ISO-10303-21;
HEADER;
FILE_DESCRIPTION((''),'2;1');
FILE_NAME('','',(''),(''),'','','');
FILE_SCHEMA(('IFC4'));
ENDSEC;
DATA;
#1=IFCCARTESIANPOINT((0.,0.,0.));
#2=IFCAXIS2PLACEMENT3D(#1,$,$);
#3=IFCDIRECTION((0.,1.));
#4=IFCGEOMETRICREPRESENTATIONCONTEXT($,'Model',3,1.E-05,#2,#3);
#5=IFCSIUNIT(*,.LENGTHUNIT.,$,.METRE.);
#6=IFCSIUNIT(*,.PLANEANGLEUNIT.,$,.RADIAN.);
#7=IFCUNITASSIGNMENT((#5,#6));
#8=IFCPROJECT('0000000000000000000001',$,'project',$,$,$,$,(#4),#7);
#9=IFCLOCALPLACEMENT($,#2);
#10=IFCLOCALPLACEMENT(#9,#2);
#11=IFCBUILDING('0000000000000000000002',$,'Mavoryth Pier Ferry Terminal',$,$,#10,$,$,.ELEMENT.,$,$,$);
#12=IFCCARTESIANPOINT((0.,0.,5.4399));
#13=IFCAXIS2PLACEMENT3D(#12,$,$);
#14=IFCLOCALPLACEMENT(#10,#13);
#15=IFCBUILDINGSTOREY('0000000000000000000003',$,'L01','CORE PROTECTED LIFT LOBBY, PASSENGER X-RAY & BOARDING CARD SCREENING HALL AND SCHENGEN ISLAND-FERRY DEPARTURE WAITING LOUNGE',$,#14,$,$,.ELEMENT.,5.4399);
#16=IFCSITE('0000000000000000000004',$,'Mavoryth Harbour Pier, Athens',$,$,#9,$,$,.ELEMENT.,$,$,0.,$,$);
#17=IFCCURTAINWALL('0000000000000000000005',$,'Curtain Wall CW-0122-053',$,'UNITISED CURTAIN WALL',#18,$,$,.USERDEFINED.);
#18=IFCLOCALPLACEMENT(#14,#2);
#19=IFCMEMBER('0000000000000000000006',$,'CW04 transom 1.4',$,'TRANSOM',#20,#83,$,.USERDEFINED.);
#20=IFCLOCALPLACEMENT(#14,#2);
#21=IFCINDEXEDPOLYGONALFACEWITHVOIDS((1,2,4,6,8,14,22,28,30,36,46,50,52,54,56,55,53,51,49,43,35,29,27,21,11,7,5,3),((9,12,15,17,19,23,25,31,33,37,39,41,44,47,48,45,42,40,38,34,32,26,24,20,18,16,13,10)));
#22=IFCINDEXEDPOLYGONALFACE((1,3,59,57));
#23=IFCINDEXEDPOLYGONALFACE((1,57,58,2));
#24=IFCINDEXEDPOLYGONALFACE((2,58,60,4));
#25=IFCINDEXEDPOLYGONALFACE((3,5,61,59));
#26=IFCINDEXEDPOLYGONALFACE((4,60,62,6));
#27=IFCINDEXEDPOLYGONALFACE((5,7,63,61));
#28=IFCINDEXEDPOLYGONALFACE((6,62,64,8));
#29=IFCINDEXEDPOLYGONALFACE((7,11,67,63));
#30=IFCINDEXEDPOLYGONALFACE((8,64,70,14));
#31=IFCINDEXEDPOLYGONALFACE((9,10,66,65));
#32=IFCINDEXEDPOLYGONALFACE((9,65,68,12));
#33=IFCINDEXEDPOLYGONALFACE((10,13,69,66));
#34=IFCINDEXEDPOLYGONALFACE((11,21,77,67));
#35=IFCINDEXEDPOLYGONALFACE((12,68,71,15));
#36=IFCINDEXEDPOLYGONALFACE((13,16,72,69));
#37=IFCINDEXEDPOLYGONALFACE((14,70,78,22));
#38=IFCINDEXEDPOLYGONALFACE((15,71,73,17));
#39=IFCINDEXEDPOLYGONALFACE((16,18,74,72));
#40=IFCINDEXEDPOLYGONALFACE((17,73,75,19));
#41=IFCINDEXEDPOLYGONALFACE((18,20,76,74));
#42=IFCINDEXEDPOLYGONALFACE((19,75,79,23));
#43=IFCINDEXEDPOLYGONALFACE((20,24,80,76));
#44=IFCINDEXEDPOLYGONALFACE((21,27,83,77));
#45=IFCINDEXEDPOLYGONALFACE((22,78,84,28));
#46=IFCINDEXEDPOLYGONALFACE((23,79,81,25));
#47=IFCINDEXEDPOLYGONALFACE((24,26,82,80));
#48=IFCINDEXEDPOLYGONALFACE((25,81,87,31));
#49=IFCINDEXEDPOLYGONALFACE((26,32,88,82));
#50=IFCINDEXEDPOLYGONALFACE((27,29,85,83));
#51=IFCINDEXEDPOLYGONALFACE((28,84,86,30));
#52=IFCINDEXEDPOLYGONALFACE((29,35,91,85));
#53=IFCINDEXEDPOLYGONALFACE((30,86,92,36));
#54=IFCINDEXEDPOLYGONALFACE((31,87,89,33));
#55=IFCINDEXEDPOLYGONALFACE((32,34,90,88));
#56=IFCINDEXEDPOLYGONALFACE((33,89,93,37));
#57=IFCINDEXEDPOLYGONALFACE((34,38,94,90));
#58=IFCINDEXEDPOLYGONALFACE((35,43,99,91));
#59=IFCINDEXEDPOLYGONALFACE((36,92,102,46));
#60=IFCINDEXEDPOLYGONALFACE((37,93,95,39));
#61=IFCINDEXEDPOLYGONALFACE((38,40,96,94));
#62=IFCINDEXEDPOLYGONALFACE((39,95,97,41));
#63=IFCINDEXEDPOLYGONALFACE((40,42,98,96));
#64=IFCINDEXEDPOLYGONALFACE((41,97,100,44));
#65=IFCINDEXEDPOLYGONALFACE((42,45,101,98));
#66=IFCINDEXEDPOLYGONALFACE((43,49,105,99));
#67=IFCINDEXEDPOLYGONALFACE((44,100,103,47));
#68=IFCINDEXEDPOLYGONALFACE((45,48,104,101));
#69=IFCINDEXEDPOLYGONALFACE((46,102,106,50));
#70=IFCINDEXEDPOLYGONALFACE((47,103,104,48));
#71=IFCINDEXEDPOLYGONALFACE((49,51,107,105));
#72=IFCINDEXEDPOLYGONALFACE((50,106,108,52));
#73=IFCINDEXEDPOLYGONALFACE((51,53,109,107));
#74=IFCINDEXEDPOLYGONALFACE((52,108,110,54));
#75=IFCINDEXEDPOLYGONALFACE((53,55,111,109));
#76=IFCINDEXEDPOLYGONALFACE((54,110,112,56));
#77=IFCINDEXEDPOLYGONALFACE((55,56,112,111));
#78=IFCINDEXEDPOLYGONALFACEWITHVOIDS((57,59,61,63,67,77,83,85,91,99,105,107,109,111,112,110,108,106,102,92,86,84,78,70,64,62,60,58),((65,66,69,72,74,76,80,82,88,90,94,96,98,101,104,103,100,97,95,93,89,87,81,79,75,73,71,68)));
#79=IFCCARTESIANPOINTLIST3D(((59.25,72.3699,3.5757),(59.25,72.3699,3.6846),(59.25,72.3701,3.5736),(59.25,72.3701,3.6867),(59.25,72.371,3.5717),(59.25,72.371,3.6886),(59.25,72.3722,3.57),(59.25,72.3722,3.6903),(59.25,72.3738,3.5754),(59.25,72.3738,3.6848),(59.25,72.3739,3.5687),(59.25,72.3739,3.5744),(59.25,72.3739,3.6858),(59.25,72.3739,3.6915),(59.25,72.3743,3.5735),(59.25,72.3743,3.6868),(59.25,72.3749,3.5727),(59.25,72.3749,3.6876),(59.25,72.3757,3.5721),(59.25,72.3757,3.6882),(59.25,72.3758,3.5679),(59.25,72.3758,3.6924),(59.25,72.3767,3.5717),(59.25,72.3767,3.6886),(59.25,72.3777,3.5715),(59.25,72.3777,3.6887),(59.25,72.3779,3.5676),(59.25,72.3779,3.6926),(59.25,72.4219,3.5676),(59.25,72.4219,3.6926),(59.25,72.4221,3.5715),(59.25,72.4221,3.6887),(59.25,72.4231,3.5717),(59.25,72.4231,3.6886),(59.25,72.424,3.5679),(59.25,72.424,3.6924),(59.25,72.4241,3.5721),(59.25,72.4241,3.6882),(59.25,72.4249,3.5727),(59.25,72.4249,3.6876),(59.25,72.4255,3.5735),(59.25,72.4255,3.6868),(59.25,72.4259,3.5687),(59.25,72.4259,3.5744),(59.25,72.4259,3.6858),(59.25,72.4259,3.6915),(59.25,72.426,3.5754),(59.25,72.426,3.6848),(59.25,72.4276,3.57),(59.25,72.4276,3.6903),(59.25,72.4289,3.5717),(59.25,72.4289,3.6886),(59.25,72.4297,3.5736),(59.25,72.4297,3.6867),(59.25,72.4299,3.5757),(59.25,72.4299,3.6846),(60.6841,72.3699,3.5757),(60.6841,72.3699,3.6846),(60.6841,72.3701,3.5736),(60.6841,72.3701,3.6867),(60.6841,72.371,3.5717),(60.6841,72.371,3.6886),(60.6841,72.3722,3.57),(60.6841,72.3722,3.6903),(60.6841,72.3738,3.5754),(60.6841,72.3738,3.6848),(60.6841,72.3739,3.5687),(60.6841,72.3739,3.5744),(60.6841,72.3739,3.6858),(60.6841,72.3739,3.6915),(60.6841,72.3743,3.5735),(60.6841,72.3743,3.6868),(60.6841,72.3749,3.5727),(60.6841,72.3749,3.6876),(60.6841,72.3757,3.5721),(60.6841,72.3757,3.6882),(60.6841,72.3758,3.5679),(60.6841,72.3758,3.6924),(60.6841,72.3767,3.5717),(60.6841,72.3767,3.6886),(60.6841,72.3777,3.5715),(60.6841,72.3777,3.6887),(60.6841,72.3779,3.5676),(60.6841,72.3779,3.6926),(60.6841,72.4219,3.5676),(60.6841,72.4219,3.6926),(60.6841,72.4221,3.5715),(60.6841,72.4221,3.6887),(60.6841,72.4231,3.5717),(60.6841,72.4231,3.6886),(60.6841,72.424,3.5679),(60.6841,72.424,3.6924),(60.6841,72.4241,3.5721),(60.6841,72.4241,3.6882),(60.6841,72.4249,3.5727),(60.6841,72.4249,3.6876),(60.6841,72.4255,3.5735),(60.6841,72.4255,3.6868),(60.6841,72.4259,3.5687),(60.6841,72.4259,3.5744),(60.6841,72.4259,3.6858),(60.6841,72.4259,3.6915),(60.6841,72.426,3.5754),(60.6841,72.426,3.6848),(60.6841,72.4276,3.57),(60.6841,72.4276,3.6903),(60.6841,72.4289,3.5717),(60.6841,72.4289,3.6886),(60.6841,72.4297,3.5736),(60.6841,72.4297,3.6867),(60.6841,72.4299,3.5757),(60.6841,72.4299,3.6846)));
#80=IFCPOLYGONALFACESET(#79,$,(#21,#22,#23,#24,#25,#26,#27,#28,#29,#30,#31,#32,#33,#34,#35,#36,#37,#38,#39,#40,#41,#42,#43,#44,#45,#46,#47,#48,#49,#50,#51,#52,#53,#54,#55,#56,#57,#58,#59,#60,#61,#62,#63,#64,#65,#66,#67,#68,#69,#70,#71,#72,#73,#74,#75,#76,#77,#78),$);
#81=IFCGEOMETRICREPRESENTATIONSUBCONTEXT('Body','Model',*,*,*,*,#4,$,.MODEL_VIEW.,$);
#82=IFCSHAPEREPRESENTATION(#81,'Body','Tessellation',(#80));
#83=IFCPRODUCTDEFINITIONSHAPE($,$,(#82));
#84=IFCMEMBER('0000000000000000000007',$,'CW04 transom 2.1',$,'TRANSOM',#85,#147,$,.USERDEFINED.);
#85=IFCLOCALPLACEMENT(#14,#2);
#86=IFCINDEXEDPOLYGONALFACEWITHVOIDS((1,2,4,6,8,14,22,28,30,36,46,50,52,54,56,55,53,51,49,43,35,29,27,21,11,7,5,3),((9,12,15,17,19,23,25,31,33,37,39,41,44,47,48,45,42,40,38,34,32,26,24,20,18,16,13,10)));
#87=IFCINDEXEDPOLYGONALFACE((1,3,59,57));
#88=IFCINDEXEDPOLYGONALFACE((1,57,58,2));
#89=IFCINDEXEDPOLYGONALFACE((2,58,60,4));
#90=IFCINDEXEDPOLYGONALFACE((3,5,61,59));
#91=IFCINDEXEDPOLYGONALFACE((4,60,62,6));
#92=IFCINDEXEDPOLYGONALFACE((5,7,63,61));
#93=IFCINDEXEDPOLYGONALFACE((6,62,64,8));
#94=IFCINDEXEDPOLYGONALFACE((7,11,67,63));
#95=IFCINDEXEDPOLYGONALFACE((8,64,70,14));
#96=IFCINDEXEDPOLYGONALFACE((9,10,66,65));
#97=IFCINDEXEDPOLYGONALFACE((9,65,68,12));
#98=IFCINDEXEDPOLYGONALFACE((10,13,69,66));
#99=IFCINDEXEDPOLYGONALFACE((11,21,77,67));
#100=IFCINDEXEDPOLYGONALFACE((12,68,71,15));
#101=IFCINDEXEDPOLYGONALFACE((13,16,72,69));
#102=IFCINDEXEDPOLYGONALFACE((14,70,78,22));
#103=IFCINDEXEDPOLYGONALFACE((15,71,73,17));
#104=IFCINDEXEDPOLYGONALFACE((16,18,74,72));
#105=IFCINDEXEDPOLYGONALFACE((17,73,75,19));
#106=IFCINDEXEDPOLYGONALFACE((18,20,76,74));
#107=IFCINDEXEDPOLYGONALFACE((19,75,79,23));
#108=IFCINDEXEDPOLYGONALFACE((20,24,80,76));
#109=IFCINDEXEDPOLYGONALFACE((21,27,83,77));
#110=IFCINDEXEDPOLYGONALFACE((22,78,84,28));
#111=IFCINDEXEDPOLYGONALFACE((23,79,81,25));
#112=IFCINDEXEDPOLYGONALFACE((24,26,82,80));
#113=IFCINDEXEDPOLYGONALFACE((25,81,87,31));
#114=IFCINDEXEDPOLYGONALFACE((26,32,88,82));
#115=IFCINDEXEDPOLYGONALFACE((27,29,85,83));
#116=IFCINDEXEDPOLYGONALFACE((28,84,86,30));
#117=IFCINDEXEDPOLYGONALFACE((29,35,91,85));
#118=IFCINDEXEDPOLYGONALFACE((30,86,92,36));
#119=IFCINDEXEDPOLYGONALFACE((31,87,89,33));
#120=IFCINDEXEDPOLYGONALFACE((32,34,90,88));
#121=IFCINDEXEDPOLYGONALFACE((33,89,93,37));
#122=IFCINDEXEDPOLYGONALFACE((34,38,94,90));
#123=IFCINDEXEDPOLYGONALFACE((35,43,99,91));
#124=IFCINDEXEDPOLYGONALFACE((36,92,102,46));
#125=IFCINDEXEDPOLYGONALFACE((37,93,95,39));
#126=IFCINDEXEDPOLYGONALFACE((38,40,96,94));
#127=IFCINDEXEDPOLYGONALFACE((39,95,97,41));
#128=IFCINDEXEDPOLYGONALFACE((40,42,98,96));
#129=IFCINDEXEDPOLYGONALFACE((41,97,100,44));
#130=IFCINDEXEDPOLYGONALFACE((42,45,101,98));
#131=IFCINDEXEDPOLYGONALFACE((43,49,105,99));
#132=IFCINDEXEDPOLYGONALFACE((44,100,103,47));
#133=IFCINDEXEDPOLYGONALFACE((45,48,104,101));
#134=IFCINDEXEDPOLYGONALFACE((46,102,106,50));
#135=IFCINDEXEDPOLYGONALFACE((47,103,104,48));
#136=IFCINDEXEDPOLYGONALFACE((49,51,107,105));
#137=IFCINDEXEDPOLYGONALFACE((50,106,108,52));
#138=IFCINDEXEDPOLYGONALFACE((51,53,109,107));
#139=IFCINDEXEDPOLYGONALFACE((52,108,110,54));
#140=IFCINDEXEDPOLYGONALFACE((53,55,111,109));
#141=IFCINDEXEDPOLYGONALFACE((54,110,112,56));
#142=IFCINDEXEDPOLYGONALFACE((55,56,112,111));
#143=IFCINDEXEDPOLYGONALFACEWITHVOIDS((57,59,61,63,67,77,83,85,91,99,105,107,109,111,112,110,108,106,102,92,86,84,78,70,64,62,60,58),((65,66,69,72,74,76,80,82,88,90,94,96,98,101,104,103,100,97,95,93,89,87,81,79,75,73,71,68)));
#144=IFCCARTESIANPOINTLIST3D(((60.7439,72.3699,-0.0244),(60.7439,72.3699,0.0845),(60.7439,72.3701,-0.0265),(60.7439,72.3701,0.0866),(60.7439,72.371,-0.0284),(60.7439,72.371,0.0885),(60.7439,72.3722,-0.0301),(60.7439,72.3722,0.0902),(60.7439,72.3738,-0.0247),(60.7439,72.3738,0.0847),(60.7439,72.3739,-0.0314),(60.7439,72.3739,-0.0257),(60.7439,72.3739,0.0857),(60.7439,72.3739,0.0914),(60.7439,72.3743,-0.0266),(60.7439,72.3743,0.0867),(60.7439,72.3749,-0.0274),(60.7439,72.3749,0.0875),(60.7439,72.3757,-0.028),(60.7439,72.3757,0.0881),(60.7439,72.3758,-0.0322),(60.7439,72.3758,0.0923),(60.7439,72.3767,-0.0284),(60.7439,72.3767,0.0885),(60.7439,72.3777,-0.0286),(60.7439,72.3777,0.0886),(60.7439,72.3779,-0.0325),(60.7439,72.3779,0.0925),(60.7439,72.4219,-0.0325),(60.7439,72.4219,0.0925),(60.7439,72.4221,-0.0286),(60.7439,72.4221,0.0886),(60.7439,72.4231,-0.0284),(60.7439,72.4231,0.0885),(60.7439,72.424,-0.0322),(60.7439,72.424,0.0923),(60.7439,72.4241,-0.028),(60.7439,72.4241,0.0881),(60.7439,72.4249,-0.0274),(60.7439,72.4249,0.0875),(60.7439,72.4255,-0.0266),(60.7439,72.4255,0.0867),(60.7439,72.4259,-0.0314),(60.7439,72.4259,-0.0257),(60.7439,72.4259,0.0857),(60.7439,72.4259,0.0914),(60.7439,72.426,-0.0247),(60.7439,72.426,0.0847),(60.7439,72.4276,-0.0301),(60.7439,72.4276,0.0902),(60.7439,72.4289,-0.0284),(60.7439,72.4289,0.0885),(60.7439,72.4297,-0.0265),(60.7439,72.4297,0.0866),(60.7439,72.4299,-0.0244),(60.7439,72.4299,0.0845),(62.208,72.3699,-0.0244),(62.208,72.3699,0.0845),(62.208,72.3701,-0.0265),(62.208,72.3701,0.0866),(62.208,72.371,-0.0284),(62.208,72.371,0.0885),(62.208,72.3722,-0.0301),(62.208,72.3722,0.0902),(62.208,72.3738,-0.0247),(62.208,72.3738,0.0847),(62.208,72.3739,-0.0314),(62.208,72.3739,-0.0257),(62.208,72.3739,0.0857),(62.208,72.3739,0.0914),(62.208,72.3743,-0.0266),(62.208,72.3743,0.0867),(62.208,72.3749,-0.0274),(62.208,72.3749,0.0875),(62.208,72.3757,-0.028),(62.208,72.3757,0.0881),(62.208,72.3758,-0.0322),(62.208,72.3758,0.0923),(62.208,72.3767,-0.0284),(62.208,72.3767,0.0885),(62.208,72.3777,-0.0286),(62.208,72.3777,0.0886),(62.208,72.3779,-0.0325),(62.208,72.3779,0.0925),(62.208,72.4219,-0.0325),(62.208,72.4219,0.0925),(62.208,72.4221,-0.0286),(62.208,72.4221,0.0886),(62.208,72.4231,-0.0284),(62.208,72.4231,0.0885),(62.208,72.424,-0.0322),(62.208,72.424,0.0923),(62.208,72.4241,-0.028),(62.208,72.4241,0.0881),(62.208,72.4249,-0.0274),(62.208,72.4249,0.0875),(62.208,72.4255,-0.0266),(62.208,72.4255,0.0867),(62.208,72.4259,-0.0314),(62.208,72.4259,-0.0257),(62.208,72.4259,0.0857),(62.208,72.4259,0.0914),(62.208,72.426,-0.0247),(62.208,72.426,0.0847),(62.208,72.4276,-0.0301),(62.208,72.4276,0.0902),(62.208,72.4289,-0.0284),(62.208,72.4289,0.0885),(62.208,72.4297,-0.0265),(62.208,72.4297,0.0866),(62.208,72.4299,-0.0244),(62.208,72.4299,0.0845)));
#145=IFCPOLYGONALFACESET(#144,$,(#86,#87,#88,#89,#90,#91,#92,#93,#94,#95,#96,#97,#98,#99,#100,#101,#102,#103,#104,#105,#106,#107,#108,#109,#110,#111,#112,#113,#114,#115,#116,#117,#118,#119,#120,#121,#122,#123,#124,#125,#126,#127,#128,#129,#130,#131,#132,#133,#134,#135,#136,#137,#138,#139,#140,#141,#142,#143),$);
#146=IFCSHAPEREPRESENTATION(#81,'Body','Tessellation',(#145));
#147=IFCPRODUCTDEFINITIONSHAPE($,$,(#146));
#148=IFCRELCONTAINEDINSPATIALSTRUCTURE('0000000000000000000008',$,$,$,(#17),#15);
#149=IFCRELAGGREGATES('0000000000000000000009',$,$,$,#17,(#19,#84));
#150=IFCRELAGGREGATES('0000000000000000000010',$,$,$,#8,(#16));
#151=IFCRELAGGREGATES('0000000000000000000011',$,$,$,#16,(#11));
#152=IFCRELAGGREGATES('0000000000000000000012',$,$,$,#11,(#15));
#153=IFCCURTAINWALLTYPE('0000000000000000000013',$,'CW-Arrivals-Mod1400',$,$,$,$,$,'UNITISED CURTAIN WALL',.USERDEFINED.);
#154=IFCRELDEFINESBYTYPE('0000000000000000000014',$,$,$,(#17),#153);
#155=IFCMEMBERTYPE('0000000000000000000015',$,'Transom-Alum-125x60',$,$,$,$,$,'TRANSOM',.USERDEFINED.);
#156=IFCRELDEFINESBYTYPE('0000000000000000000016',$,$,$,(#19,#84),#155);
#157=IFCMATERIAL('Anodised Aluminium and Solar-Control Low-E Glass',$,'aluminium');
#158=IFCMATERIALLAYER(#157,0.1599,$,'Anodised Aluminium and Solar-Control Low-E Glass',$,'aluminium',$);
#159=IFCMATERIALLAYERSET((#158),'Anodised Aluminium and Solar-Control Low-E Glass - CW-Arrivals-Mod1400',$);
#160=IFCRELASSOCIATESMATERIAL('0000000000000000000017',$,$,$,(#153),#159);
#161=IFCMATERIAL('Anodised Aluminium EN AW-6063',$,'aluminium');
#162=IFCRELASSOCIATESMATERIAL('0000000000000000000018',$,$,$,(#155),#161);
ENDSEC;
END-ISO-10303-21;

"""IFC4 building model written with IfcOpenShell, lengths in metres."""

from ifc_helpers import new_model, si_unit, direction, frame, origin, origin_2d, place, context, subcontext, project, spatial, hollow_rectangle, extrude, material, layer, layer_set, material_profile, profile_set, type_object, element, aggregate, save


model = new_model("IFC4")

# Units and contexts
model_context = context("Model", 3, precision=1e-05, world=origin(), true_north=direction((0.0, 1.0)))
body_context = subcontext(model_context, "Body", "Model", "MODEL_VIEW")
ifc_project = project(units=[si_unit("LENGTHUNIT", "METRE"), si_unit("PLANEANGLEUNIT", "RADIAN")], contexts=[model_context])

# Site, building, storey
site_placement = place(None, origin())
site = spatial("IfcSite", under=ifc_project, at=site_placement, Name="Mavoryth Harbour Pier, Athens", CompositionType="ELEMENT", RefElevation=0.0)
building_placement = place(site_placement, origin())
building = spatial("IfcBuilding", under=site, at=building_placement, Name="Mavoryth Pier Ferry Terminal", CompositionType="ELEMENT")
storey_placement = place(building_placement, frame((0.0, 0.0, 5.4399)))
storey = spatial("IfcBuildingStorey", under=building, at=storey_placement, Name="L01", Description="CORE PROTECTED LIFT LOBBY, PASSENGER X-RAY & BOARDING CARD SCREENING HALL AND SCHENGEN ISLAND-FERRY DEPARTURE WAITING LOUNGE", CompositionType="ELEMENT", Elevation=5.4399)

# Curtain wall
ifc_material_1 = material(Name="Anodised Aluminium and Solar-Control Low-E Glass", Category="aluminium")
ifc_material_2 = material(Name="Anodised Aluminium EN AW-6063", Category="aluminium")
ifc_layer_1 = layer(ifc_material_1, 0.1599, Name="Anodised Aluminium and Solar-Control Low-E Glass", Category="aluminium")
ifc_layer_set_1 = layer_set([ifc_layer_1], Name="Anodised Aluminium and Solar-Control Low-E Glass - CW-Arrivals-Mod1400")
curtain_wall_type_1 = type_object("IfcCurtainWallType", Name="CW-Arrivals-Mod1400", ElementType="UNITISED CURTAIN WALL", PredefinedType="USERDEFINED", material=ifc_layer_set_1)
curtain_wall_1_placement = place(storey_placement, origin())
curtain_wall_1 = element("IfcCurtainWall", 1, at=curtain_wall_1_placement, inside=storey, type_object=curtain_wall_type_1, Name="Curtain Wall CW-0122-053", ObjectType="UNITISED CURTAIN WALL", PredefinedType="USERDEFINED")

# Members
ifc_material_profile_1 = material_profile(ifc_material_2, hollow_rectangle(XDim=0.0601, YDim=0.125, WallThickness=0.0039, InnerFilletRadius=0.0039, OuterFilletRadius=0.0081, at=origin_2d()), Name="AL-TRAN 125x60x4", Category="aluminium")
ifc_profile_set_1 = profile_set([ifc_material_profile_1], Name="Anodised Aluminium EN AW-6063 - AL-TRAN 125x60x4")
member_type_1 = type_object("IfcMemberType", Name="Transom-Alum-125x60", ElementType="TRANSOM", PredefinedType="USERDEFINED", material=ifc_profile_set_1)
member_1_placement = place(storey_placement, frame((59.25, 72.3999, 3.6301), z_axis=(1.0, 0.0, 0.0), x_axis=(0.0, 1.0, 0.0)))
member_1 = element("IfcMember", 2, at=member_1_placement, type_object=member_type_1, Name="CW04 transom 1.4", ObjectType="TRANSOM", PredefinedType="USERDEFINED", context=body_context, shape_type="SweptSolid", body=[
    extrude(hollow_rectangle(XDim=0.0601, YDim=0.125, WallThickness=0.0039, InnerFilletRadius=0.0039, OuterFilletRadius=0.0081, at=origin_2d()), origin(), (0.0, 0.0, 1.0), 1.4341),
])
member_2_placement = place(storey_placement, frame((60.7439, 72.3999, 0.03), z_axis=(1.0, 0.0, 0.0), x_axis=(0.0, 1.0, 0.0)))
member_2 = element("IfcMember", 3, at=member_2_placement, type_object=member_type_1, Name="CW04 transom 2.1", ObjectType="TRANSOM", PredefinedType="USERDEFINED", context=body_context, shape_type="SweptSolid", body=[
    extrude(hollow_rectangle(XDim=0.0601, YDim=0.125, WallThickness=0.0039, InnerFilletRadius=0.0039, OuterFilletRadius=0.0081, at=origin_2d()), origin(), (0.0, 0.0, 1.0), 1.4641),
])

aggregate(curtain_wall_1, [member_1, member_2])

save(model, "model.ifc")
